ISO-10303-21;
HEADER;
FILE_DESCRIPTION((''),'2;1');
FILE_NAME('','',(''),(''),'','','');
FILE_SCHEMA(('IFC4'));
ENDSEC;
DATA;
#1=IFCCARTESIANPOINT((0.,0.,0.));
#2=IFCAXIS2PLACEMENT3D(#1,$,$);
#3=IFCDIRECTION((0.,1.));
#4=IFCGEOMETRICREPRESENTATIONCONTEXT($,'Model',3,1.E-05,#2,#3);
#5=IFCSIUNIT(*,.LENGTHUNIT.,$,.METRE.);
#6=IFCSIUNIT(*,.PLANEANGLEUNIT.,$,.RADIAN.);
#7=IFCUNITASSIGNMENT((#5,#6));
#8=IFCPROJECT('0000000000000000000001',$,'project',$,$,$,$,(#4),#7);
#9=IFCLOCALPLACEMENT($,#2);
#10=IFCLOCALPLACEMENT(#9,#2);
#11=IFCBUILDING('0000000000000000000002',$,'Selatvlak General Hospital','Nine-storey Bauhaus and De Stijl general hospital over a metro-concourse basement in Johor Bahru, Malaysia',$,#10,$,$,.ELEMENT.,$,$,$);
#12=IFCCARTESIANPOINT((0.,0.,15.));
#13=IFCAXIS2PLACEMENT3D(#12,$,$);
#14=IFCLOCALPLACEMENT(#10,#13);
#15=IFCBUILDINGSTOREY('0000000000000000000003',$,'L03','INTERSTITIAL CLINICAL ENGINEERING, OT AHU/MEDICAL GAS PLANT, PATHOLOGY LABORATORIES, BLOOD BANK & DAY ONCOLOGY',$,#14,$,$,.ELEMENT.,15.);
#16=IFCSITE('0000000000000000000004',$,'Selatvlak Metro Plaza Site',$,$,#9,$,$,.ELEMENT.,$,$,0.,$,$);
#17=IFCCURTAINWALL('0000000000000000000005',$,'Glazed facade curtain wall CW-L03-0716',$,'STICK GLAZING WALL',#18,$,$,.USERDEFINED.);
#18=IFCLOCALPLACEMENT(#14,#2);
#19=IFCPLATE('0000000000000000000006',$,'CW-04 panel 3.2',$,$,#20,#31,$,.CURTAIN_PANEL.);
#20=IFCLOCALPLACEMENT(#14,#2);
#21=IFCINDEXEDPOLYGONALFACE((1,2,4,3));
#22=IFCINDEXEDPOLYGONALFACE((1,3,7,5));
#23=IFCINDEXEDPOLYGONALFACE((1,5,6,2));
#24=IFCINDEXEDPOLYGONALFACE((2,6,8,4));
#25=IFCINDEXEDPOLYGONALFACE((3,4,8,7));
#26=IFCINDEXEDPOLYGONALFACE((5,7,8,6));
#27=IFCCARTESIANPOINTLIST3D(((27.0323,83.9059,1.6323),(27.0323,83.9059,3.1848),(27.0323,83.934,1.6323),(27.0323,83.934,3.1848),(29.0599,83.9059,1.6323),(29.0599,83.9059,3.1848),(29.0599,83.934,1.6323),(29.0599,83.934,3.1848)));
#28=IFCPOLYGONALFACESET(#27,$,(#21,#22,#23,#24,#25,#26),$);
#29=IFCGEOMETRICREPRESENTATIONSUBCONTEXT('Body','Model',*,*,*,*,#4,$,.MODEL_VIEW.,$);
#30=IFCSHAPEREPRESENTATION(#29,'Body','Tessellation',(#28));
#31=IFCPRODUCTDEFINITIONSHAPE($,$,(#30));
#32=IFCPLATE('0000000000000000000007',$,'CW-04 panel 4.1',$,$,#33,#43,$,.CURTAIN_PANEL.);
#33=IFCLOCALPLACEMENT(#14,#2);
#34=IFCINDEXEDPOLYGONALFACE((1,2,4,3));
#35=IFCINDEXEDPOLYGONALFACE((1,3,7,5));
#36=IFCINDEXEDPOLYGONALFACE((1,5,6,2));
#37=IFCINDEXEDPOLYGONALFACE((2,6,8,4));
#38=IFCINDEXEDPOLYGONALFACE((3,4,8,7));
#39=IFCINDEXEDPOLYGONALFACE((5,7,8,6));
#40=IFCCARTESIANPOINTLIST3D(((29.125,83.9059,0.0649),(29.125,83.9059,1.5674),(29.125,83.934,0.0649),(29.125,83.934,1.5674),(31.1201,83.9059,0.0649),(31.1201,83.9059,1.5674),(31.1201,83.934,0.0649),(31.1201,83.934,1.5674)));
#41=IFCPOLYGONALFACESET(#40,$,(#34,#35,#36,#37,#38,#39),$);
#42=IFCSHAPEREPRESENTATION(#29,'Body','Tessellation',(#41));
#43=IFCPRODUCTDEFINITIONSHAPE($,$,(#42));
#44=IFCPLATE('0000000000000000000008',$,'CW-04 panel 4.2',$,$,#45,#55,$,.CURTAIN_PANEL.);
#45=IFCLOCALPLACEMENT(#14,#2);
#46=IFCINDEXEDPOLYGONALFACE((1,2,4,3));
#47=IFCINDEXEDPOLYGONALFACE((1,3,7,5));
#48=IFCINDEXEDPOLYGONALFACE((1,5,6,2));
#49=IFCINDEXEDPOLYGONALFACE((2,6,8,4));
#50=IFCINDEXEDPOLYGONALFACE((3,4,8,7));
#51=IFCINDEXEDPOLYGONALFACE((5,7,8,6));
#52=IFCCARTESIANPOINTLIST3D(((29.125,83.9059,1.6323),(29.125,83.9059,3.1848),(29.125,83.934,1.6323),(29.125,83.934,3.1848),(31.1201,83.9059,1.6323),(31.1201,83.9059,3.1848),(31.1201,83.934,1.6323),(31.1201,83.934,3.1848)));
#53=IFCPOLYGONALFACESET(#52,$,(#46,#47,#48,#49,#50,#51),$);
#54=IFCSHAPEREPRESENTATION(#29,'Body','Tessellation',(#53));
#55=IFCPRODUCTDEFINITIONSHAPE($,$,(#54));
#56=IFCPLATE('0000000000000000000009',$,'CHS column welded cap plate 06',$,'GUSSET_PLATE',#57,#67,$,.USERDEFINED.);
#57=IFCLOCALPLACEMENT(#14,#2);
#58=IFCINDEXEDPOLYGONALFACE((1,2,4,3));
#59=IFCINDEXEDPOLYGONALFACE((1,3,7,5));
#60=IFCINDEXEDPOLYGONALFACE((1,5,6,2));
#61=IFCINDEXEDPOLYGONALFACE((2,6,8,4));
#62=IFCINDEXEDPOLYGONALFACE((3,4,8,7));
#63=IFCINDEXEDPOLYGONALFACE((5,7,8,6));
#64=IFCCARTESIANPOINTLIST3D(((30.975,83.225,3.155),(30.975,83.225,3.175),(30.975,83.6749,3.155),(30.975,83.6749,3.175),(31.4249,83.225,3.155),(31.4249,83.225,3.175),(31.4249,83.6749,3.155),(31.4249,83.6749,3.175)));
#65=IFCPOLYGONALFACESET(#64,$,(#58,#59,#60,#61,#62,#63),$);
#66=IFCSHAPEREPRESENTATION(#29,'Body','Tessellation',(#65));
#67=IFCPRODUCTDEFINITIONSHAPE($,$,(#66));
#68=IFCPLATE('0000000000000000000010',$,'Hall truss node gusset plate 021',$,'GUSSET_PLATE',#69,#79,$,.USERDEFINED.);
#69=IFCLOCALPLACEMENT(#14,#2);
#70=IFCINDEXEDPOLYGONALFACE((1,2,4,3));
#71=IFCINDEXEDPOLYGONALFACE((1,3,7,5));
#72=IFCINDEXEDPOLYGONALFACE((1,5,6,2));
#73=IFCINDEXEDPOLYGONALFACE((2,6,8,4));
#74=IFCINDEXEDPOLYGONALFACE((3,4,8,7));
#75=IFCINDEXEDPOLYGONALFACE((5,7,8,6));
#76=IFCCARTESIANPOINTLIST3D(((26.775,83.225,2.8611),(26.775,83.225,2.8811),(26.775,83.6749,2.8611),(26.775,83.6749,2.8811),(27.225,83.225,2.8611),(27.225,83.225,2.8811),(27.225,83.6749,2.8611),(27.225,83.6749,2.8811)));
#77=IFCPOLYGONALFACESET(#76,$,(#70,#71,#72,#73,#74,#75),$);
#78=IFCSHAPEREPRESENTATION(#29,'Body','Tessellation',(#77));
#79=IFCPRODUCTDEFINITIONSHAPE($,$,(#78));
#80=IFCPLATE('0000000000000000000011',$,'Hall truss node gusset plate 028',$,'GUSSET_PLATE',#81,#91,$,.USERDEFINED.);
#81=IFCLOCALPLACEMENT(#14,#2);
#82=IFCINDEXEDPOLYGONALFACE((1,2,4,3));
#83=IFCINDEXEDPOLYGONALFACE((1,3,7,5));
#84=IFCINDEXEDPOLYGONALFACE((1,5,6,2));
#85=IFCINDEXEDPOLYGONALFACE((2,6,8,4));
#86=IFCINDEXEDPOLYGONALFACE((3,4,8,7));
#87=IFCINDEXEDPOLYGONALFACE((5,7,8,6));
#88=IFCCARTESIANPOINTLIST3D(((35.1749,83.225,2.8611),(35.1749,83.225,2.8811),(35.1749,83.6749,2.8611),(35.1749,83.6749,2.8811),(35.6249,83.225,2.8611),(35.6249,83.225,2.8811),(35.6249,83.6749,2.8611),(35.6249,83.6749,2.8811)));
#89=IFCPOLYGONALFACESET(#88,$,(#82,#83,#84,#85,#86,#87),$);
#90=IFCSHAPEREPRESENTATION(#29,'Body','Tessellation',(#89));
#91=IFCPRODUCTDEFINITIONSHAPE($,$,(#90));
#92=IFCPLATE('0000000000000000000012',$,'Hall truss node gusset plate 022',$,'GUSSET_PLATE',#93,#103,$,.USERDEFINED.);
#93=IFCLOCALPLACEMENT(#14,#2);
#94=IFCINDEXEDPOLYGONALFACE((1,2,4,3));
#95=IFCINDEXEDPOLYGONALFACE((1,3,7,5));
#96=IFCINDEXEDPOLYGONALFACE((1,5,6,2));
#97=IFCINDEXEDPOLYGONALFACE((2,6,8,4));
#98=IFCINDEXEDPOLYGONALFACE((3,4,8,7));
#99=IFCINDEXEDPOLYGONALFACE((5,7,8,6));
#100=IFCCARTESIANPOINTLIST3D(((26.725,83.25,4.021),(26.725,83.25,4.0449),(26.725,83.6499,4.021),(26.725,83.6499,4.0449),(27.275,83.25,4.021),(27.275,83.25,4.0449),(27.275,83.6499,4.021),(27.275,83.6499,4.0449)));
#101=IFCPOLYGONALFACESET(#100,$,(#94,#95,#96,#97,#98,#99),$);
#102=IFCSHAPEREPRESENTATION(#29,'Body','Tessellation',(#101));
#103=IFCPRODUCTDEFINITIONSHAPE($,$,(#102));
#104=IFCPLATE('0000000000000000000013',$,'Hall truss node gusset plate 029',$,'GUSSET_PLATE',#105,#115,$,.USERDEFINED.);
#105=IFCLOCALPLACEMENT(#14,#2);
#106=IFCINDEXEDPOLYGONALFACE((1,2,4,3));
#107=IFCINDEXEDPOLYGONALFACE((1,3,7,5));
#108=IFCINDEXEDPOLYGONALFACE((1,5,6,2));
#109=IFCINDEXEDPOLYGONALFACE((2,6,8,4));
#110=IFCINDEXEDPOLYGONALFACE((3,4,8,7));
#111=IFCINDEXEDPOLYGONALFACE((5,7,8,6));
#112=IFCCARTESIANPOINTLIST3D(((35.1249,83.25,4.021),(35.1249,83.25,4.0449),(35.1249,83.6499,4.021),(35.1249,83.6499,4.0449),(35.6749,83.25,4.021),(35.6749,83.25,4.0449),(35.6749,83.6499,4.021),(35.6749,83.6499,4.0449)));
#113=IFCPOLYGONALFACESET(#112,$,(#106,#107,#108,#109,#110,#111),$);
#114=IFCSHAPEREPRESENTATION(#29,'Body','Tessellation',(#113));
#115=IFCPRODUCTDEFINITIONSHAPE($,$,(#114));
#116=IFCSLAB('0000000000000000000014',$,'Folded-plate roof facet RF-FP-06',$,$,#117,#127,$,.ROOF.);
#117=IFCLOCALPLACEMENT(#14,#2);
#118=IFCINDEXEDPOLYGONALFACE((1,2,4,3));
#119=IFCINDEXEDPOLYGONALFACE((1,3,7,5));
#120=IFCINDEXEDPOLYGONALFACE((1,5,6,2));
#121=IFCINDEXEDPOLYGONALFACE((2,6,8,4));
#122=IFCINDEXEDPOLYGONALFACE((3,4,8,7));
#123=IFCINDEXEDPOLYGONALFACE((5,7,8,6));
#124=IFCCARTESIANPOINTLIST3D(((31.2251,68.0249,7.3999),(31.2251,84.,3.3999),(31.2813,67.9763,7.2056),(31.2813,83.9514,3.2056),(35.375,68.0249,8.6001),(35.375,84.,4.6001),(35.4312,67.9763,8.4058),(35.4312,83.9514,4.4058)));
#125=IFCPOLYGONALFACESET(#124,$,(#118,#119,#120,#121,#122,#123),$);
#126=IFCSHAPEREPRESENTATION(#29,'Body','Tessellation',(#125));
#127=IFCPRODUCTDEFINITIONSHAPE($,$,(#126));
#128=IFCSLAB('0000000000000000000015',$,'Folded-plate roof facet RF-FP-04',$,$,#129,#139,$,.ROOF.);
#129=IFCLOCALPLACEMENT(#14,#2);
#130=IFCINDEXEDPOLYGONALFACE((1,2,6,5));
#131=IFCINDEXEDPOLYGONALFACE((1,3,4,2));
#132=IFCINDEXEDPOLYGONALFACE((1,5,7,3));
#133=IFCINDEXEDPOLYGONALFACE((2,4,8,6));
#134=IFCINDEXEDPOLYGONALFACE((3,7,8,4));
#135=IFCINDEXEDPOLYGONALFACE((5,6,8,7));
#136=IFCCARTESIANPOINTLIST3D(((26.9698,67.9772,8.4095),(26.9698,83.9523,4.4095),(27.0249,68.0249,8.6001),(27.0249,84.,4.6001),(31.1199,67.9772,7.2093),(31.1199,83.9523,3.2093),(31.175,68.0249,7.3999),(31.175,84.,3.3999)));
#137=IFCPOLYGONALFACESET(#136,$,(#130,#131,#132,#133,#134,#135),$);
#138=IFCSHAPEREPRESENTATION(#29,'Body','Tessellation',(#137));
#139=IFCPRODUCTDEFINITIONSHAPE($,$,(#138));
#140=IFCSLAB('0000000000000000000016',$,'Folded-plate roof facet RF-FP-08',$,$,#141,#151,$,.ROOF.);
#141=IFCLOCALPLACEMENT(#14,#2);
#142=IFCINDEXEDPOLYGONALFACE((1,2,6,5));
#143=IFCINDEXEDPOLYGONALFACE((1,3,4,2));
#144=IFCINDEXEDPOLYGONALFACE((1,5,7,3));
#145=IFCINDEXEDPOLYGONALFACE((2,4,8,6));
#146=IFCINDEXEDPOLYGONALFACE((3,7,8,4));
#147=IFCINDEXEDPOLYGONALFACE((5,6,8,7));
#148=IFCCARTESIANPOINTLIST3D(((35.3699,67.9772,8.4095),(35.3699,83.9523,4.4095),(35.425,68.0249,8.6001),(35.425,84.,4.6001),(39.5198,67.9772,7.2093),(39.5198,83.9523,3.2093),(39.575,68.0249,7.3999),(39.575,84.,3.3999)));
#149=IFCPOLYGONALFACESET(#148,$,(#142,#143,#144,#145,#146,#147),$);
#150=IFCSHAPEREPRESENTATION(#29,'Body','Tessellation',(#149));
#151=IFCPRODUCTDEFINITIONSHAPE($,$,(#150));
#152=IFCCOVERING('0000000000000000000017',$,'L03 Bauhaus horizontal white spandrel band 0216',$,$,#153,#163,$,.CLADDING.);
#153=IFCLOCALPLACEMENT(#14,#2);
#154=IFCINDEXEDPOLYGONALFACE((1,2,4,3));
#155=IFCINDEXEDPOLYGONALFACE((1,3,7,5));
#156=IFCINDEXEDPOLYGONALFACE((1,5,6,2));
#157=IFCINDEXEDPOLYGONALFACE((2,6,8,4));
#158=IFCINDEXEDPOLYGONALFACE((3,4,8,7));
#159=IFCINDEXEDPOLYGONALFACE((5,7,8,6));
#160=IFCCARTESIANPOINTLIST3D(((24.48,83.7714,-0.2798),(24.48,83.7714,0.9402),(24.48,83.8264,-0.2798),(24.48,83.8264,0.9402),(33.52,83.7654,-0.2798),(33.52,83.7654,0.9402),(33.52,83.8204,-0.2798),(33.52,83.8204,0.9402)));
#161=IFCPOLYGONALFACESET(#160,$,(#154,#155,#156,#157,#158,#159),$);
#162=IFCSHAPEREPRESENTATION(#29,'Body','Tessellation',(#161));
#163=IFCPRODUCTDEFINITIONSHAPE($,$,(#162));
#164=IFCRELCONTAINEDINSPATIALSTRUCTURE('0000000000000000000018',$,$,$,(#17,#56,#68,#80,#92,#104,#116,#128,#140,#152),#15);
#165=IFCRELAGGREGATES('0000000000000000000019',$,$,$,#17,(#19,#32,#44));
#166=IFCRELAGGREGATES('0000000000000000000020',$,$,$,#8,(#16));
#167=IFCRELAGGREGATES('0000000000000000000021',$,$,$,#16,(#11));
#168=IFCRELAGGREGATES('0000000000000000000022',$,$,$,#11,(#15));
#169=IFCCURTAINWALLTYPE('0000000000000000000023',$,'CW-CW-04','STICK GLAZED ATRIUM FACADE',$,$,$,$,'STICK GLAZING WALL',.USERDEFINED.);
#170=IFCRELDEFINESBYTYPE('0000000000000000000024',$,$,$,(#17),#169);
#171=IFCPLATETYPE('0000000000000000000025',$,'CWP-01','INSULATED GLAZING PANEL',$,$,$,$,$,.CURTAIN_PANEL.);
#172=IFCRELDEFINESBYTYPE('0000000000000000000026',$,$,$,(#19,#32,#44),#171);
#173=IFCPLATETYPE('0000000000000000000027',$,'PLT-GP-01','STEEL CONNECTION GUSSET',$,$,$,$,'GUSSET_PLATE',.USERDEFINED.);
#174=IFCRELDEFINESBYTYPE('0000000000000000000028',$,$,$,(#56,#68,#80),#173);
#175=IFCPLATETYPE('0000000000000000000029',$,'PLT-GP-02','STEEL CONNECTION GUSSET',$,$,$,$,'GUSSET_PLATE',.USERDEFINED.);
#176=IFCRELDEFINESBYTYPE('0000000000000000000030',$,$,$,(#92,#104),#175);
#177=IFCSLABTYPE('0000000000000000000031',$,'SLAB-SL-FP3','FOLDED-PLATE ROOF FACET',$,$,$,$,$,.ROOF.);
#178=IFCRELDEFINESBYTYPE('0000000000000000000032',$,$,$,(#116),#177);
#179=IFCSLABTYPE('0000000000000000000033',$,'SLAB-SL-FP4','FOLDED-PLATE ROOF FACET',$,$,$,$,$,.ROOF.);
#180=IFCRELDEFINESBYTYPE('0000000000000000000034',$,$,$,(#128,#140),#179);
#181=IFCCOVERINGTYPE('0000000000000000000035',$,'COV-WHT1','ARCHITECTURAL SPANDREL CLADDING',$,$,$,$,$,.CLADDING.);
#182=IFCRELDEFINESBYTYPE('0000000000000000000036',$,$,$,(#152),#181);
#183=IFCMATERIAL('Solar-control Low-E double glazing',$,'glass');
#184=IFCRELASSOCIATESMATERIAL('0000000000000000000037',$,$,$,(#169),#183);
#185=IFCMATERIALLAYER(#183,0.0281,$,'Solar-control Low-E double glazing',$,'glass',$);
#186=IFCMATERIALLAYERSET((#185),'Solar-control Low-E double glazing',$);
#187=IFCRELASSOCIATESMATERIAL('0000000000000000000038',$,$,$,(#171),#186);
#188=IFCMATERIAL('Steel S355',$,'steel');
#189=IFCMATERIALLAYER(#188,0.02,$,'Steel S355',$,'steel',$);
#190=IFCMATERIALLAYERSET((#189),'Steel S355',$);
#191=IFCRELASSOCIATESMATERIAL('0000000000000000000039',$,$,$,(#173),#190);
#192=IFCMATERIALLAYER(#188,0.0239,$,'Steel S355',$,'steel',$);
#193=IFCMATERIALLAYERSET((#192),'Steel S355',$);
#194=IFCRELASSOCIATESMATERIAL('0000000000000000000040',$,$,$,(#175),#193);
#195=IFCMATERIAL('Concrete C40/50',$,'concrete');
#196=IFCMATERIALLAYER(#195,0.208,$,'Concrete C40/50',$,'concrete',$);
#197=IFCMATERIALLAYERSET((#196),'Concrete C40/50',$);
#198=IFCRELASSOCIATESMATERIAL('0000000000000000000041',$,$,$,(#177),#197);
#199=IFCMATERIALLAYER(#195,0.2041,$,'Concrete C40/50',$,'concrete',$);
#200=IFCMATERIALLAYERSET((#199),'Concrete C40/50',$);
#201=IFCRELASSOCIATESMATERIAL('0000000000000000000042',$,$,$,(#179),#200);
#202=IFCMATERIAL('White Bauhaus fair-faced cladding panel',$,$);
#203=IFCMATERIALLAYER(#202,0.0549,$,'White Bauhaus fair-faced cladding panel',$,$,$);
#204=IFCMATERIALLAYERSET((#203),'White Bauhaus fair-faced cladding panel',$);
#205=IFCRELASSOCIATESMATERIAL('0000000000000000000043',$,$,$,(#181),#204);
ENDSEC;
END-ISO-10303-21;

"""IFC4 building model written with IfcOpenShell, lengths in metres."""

from ifc_helpers import new_model, si_unit, direction, frame, origin, origin_2d, place, context, subcontext, project, spatial, polyline, rectangle, outline, extrude, material, layer, layer_set, type_object, element, aggregate, save


model = new_model("IFC4")

# Units and contexts
model_context = context("Model", 3, precision=1e-05, world=origin(), true_north=direction((0.0, 1.0)))
body_context = subcontext(model_context, "Body", "Model", "MODEL_VIEW")
ifc_project = project(units=[si_unit("LENGTHUNIT", "METRE"), si_unit("PLANEANGLEUNIT", "RADIAN")], contexts=[model_context])

# Site, building, storey
site_placement = place(None, origin())
site = spatial("IfcSite", under=ifc_project, at=site_placement, Name="Selatvlak Metro Plaza Site", CompositionType="ELEMENT", RefElevation=0.0)
building_placement = place(site_placement, origin())
building = spatial("IfcBuilding", under=site, at=building_placement, Name="Selatvlak General Hospital", Description="Nine-storey Bauhaus and De Stijl general hospital over a metro-concourse basement in Johor Bahru, Malaysia", CompositionType="ELEMENT")
storey_placement = place(building_placement, frame((0.0, 0.0, 15.0)))
storey = spatial("IfcBuildingStorey", under=building, at=storey_placement, Name="L03", Description="INTERSTITIAL CLINICAL ENGINEERING, OT AHU/MEDICAL GAS PLANT, PATHOLOGY LABORATORIES, BLOOD BANK & DAY ONCOLOGY", CompositionType="ELEMENT", Elevation=15.0)

# Shared definitions
ifc_material_1 = material(Name="Steel S355", Category="steel")

# Curtain wall
ifc_material_2 = material(Name="Solar-control Low-E double glazing", Category="glass")
curtain_wall_type = type_object("IfcCurtainWallType", Name="CW-CW-04", Description="STICK GLAZED ATRIUM FACADE", ElementType="STICK GLAZING WALL", PredefinedType="USERDEFINED", material=ifc_material_2)
curtain_wall_1_placement = place(storey_placement, origin())
curtain_wall_1 = element("IfcCurtainWall", 1, at=curtain_wall_1_placement, inside=storey, type_object=curtain_wall_type, Name="Glazed facade curtain wall CW-L03-0716", ObjectType="STICK GLAZING WALL", PredefinedType="USERDEFINED")

# Plates
ifc_layer_1 = layer(ifc_material_2, 0.0281, Name="Solar-control Low-E double glazing", Category="glass")
ifc_layer_set_1 = layer_set([ifc_layer_1], Name="Solar-control Low-E double glazing")
plate_type_1 = type_object("IfcPlateType", Name="CWP-01", Description="INSULATED GLAZING PANEL", PredefinedType="CURTAIN_PANEL", material=ifc_layer_set_1)
plate_1_placement = place(storey_placement, frame((28.0461, 83.9199, 1.6323), z_axis=(0.0, 0.0, 1.0), x_axis=(1.0, 0.0, 0.0)))
plate_1 = element("IfcPlate", 2, at=plate_1_placement, type_object=plate_type_1, Name="CW-04 panel 3.2", PredefinedType="CURTAIN_PANEL", context=body_context, shape_type="SweptSolid", body=[
    extrude(rectangle(XDim=2.0276, YDim=0.0281, at=origin_2d()), origin(), (0.0, 0.0, 1.0), 1.5525),
])
plate_2_placement = place(storey_placement, frame((30.1226, 83.9199, 0.0649), z_axis=(0.0, 0.0, 1.0), x_axis=(1.0, 0.0, 0.0)))
plate_2 = element("IfcPlate", 3, at=plate_2_placement, type_object=plate_type_1, Name="CW-04 panel 4.1", PredefinedType="CURTAIN_PANEL", context=body_context, shape_type="SweptSolid", body=[
    extrude(rectangle(XDim=1.9951, YDim=0.0281, at=origin_2d()), origin(), (0.0, 0.0, 1.0), 1.5024),
])
plate_3_placement = place(storey_placement, frame((30.1226, 83.9199, 1.6323), z_axis=(0.0, 0.0, 1.0), x_axis=(1.0, 0.0, 0.0)))
plate_3 = element("IfcPlate", 4, at=plate_3_placement, type_object=plate_type_1, Name="CW-04 panel 4.2", PredefinedType="CURTAIN_PANEL", context=body_context, shape_type="SweptSolid", body=[
    extrude(rectangle(XDim=1.9951, YDim=0.0281, at=origin_2d()), origin(), (0.0, 0.0, 1.0), 1.5525),
])
aggregate(curtain_wall_1, [plate_1, plate_2, plate_3])

# Plates
ifc_layer_2 = layer(ifc_material_1, 0.02, Name="Steel S355", Category="steel")
ifc_layer_set_2 = layer_set([ifc_layer_2], Name="Steel S355")
plate_type_2 = type_object("IfcPlateType", Name="PLT-GP-01", Description="STEEL CONNECTION GUSSET", ElementType="GUSSET_PLATE", PredefinedType="USERDEFINED", material=ifc_layer_set_2)
for number, where, z_axis, x_axis, name in (
    (5, (31.2, 83.45, 3.155), (0.0, 0.0, 1.0), (1.0, 0.0, 0.0), "CHS column welded cap plate 06"),
    (6, (27.0, 83.45, 2.8611), (0.0, 0.0, 1.0), (1.0, 0.0, 0.0), "Hall truss node gusset plate 021"),
    (7, (35.3999, 83.45, 2.8611), (0.0, 0.0, 1.0), (1.0, 0.0, 0.0), "Hall truss node gusset plate 028"),
):
    element("IfcPlate", number, at=place(storey_placement, frame(where, z_axis=z_axis, x_axis=x_axis)), inside=storey, type_object=plate_type_2, Name=name, ObjectType="GUSSET_PLATE", PredefinedType="USERDEFINED", context=body_context, shape_type="SweptSolid", body=[
        extrude(rectangle(XDim=0.45, YDim=0.45, at=origin_2d()), origin(), (0.0, 0.0, 1.0), 0.02),
    ])
ifc_layer_3 = layer(ifc_material_1, 0.0239, Name="Steel S355", Category="steel")
ifc_layer_set_3 = layer_set([ifc_layer_3], Name="Steel S355")
plate_type_3 = type_object("IfcPlateType", Name="PLT-GP-02", Description="STEEL CONNECTION GUSSET", ElementType="GUSSET_PLATE", PredefinedType="USERDEFINED", material=ifc_layer_set_3)
for number, where, z_axis, x_axis, name in (
    (8, (27.0, 83.45, 4.021), (0.0, 0.0, 1.0), (1.0, 0.0, 0.0), "Hall truss node gusset plate 022"),
    (9, (35.3999, 83.45, 4.021), (0.0, 0.0, 1.0), (1.0, 0.0, 0.0), "Hall truss node gusset plate 029"),
):
    element("IfcPlate", number, at=place(storey_placement, frame(where, z_axis=z_axis, x_axis=x_axis)), inside=storey, type_object=plate_type_3, Name=name, ObjectType="GUSSET_PLATE", PredefinedType="USERDEFINED", context=body_context, shape_type="SweptSolid", body=[
        extrude(rectangle(XDim=0.55, YDim=0.3999, at=origin_2d()), origin(), (0.0, 0.0, 1.0), 0.0239),
    ])

# Slabs
ifc_material_3 = material(Name="Concrete C40/50", Category="concrete")
ifc_layer_4 = layer(ifc_material_3, 0.208, Name="Concrete C40/50", Category="concrete")
ifc_layer_set_4 = layer_set([ifc_layer_4], Name="Concrete C40/50")
slab_type_1 = type_object("IfcSlabType", Name="SLAB-SL-FP3", Description="FOLDED-PLATE ROOF FACET", PredefinedType="ROOF", material=ifc_layer_set_4)
slab_1_placement = place(storey_placement, frame((31.2251, 68.0249, 7.3999), z_axis=(-0.270121, 0.233862, 0.933993), x_axis=(0.960632, 0.0, 0.277825)))
element("IfcSlab", 10, at=slab_1_placement, inside=storey, type_object=slab_type_1, Name="Folded-plate roof facet RF-FP-06", PredefinedType="ROOF", context=body_context, shape_type="SweptSolid", body=[
    extrude(outline(polyline([(0.0, 0.0), (4.32, 0.0), (3.2087, 16.4307), (-1.1113, 16.4307), (0.0, 0.0)])), origin(), (0.0, 0.0, -1.0), 0.208),
])
ifc_layer_5 = layer(ifc_material_3, 0.2041, Name="Concrete C40/50", Category="concrete")
ifc_layer_set_5 = layer_set([ifc_layer_5], Name="Concrete C40/50")
slab_type_2 = type_object("IfcSlabType", Name="SLAB-SL-FP4", Description="FOLDED-PLATE ROOF FACET", PredefinedType="ROOF", material=ifc_layer_set_5)
slab_2_placement = place(storey_placement, frame((27.0249, 68.0249, 8.6001), z_axis=(0.270106, 0.233863, 0.933997), x_axis=(0.960636, 0.0, -0.27781)))
element("IfcSlab", 11, at=slab_2_placement, inside=storey, type_object=slab_type_2, Name="Folded-plate roof facet RF-FP-04", PredefinedType="ROOF", context=body_context, shape_type="SweptSolid", body=[
    extrude(outline(polyline([(0.0, 0.0), (4.3202, 0.0), (5.4314, 16.4307), (1.1112, 16.4307), (0.0, 0.0)])), origin(), (0.0, 0.0, -1.0), 0.2041),
])
slab_3_placement = place(storey_placement, frame((35.425, 68.0249, 8.6001), z_axis=(0.270121, 0.233862, 0.933993), x_axis=(0.960632, 0.0, -0.277825)))
element("IfcSlab", 12, at=slab_3_placement, inside=storey, type_object=slab_type_2, Name="Folded-plate roof facet RF-FP-08", PredefinedType="ROOF", context=body_context, shape_type="SweptSolid", body=[
    extrude(outline(polyline([(0.0, 0.0), (4.32, 0.0), (5.4313, 16.4307), (1.1113, 16.4307), (0.0, 0.0)])), origin(), (0.0, 0.0, -1.0), 0.2041),
])

# Covering
ifc_material_4 = material(Name="White Bauhaus fair-faced cladding panel")
ifc_layer_6 = layer(ifc_material_4, 0.0549, Name="White Bauhaus fair-faced cladding panel")
ifc_layer_set_6 = layer_set([ifc_layer_6], Name="White Bauhaus fair-faced cladding panel")
covering_type = type_object("IfcCoveringType", Name="COV-WHT1", Description="ARCHITECTURAL SPANDREL CLADDING", PredefinedType="CLADDING", material=ifc_layer_set_6)
covering_placement = place(storey_placement, frame((29.0, 83.7959, -0.2798), z_axis=(0.0, 0.0, 1.0), x_axis=(-1.0, 0.000663, 0.0)))
element("IfcCovering", 13, at=covering_placement, inside=storey, type_object=covering_type, Name="L03 Bauhaus horizontal white spandrel band 0216", PredefinedType="CLADDING", context=body_context, shape_type="SweptSolid", body=[
    extrude(rectangle(XDim=9.04, YDim=0.0549, at=origin_2d()), origin(), (0.0, 0.0, 1.0), 1.22),
])

save(model, "model.ifc")
